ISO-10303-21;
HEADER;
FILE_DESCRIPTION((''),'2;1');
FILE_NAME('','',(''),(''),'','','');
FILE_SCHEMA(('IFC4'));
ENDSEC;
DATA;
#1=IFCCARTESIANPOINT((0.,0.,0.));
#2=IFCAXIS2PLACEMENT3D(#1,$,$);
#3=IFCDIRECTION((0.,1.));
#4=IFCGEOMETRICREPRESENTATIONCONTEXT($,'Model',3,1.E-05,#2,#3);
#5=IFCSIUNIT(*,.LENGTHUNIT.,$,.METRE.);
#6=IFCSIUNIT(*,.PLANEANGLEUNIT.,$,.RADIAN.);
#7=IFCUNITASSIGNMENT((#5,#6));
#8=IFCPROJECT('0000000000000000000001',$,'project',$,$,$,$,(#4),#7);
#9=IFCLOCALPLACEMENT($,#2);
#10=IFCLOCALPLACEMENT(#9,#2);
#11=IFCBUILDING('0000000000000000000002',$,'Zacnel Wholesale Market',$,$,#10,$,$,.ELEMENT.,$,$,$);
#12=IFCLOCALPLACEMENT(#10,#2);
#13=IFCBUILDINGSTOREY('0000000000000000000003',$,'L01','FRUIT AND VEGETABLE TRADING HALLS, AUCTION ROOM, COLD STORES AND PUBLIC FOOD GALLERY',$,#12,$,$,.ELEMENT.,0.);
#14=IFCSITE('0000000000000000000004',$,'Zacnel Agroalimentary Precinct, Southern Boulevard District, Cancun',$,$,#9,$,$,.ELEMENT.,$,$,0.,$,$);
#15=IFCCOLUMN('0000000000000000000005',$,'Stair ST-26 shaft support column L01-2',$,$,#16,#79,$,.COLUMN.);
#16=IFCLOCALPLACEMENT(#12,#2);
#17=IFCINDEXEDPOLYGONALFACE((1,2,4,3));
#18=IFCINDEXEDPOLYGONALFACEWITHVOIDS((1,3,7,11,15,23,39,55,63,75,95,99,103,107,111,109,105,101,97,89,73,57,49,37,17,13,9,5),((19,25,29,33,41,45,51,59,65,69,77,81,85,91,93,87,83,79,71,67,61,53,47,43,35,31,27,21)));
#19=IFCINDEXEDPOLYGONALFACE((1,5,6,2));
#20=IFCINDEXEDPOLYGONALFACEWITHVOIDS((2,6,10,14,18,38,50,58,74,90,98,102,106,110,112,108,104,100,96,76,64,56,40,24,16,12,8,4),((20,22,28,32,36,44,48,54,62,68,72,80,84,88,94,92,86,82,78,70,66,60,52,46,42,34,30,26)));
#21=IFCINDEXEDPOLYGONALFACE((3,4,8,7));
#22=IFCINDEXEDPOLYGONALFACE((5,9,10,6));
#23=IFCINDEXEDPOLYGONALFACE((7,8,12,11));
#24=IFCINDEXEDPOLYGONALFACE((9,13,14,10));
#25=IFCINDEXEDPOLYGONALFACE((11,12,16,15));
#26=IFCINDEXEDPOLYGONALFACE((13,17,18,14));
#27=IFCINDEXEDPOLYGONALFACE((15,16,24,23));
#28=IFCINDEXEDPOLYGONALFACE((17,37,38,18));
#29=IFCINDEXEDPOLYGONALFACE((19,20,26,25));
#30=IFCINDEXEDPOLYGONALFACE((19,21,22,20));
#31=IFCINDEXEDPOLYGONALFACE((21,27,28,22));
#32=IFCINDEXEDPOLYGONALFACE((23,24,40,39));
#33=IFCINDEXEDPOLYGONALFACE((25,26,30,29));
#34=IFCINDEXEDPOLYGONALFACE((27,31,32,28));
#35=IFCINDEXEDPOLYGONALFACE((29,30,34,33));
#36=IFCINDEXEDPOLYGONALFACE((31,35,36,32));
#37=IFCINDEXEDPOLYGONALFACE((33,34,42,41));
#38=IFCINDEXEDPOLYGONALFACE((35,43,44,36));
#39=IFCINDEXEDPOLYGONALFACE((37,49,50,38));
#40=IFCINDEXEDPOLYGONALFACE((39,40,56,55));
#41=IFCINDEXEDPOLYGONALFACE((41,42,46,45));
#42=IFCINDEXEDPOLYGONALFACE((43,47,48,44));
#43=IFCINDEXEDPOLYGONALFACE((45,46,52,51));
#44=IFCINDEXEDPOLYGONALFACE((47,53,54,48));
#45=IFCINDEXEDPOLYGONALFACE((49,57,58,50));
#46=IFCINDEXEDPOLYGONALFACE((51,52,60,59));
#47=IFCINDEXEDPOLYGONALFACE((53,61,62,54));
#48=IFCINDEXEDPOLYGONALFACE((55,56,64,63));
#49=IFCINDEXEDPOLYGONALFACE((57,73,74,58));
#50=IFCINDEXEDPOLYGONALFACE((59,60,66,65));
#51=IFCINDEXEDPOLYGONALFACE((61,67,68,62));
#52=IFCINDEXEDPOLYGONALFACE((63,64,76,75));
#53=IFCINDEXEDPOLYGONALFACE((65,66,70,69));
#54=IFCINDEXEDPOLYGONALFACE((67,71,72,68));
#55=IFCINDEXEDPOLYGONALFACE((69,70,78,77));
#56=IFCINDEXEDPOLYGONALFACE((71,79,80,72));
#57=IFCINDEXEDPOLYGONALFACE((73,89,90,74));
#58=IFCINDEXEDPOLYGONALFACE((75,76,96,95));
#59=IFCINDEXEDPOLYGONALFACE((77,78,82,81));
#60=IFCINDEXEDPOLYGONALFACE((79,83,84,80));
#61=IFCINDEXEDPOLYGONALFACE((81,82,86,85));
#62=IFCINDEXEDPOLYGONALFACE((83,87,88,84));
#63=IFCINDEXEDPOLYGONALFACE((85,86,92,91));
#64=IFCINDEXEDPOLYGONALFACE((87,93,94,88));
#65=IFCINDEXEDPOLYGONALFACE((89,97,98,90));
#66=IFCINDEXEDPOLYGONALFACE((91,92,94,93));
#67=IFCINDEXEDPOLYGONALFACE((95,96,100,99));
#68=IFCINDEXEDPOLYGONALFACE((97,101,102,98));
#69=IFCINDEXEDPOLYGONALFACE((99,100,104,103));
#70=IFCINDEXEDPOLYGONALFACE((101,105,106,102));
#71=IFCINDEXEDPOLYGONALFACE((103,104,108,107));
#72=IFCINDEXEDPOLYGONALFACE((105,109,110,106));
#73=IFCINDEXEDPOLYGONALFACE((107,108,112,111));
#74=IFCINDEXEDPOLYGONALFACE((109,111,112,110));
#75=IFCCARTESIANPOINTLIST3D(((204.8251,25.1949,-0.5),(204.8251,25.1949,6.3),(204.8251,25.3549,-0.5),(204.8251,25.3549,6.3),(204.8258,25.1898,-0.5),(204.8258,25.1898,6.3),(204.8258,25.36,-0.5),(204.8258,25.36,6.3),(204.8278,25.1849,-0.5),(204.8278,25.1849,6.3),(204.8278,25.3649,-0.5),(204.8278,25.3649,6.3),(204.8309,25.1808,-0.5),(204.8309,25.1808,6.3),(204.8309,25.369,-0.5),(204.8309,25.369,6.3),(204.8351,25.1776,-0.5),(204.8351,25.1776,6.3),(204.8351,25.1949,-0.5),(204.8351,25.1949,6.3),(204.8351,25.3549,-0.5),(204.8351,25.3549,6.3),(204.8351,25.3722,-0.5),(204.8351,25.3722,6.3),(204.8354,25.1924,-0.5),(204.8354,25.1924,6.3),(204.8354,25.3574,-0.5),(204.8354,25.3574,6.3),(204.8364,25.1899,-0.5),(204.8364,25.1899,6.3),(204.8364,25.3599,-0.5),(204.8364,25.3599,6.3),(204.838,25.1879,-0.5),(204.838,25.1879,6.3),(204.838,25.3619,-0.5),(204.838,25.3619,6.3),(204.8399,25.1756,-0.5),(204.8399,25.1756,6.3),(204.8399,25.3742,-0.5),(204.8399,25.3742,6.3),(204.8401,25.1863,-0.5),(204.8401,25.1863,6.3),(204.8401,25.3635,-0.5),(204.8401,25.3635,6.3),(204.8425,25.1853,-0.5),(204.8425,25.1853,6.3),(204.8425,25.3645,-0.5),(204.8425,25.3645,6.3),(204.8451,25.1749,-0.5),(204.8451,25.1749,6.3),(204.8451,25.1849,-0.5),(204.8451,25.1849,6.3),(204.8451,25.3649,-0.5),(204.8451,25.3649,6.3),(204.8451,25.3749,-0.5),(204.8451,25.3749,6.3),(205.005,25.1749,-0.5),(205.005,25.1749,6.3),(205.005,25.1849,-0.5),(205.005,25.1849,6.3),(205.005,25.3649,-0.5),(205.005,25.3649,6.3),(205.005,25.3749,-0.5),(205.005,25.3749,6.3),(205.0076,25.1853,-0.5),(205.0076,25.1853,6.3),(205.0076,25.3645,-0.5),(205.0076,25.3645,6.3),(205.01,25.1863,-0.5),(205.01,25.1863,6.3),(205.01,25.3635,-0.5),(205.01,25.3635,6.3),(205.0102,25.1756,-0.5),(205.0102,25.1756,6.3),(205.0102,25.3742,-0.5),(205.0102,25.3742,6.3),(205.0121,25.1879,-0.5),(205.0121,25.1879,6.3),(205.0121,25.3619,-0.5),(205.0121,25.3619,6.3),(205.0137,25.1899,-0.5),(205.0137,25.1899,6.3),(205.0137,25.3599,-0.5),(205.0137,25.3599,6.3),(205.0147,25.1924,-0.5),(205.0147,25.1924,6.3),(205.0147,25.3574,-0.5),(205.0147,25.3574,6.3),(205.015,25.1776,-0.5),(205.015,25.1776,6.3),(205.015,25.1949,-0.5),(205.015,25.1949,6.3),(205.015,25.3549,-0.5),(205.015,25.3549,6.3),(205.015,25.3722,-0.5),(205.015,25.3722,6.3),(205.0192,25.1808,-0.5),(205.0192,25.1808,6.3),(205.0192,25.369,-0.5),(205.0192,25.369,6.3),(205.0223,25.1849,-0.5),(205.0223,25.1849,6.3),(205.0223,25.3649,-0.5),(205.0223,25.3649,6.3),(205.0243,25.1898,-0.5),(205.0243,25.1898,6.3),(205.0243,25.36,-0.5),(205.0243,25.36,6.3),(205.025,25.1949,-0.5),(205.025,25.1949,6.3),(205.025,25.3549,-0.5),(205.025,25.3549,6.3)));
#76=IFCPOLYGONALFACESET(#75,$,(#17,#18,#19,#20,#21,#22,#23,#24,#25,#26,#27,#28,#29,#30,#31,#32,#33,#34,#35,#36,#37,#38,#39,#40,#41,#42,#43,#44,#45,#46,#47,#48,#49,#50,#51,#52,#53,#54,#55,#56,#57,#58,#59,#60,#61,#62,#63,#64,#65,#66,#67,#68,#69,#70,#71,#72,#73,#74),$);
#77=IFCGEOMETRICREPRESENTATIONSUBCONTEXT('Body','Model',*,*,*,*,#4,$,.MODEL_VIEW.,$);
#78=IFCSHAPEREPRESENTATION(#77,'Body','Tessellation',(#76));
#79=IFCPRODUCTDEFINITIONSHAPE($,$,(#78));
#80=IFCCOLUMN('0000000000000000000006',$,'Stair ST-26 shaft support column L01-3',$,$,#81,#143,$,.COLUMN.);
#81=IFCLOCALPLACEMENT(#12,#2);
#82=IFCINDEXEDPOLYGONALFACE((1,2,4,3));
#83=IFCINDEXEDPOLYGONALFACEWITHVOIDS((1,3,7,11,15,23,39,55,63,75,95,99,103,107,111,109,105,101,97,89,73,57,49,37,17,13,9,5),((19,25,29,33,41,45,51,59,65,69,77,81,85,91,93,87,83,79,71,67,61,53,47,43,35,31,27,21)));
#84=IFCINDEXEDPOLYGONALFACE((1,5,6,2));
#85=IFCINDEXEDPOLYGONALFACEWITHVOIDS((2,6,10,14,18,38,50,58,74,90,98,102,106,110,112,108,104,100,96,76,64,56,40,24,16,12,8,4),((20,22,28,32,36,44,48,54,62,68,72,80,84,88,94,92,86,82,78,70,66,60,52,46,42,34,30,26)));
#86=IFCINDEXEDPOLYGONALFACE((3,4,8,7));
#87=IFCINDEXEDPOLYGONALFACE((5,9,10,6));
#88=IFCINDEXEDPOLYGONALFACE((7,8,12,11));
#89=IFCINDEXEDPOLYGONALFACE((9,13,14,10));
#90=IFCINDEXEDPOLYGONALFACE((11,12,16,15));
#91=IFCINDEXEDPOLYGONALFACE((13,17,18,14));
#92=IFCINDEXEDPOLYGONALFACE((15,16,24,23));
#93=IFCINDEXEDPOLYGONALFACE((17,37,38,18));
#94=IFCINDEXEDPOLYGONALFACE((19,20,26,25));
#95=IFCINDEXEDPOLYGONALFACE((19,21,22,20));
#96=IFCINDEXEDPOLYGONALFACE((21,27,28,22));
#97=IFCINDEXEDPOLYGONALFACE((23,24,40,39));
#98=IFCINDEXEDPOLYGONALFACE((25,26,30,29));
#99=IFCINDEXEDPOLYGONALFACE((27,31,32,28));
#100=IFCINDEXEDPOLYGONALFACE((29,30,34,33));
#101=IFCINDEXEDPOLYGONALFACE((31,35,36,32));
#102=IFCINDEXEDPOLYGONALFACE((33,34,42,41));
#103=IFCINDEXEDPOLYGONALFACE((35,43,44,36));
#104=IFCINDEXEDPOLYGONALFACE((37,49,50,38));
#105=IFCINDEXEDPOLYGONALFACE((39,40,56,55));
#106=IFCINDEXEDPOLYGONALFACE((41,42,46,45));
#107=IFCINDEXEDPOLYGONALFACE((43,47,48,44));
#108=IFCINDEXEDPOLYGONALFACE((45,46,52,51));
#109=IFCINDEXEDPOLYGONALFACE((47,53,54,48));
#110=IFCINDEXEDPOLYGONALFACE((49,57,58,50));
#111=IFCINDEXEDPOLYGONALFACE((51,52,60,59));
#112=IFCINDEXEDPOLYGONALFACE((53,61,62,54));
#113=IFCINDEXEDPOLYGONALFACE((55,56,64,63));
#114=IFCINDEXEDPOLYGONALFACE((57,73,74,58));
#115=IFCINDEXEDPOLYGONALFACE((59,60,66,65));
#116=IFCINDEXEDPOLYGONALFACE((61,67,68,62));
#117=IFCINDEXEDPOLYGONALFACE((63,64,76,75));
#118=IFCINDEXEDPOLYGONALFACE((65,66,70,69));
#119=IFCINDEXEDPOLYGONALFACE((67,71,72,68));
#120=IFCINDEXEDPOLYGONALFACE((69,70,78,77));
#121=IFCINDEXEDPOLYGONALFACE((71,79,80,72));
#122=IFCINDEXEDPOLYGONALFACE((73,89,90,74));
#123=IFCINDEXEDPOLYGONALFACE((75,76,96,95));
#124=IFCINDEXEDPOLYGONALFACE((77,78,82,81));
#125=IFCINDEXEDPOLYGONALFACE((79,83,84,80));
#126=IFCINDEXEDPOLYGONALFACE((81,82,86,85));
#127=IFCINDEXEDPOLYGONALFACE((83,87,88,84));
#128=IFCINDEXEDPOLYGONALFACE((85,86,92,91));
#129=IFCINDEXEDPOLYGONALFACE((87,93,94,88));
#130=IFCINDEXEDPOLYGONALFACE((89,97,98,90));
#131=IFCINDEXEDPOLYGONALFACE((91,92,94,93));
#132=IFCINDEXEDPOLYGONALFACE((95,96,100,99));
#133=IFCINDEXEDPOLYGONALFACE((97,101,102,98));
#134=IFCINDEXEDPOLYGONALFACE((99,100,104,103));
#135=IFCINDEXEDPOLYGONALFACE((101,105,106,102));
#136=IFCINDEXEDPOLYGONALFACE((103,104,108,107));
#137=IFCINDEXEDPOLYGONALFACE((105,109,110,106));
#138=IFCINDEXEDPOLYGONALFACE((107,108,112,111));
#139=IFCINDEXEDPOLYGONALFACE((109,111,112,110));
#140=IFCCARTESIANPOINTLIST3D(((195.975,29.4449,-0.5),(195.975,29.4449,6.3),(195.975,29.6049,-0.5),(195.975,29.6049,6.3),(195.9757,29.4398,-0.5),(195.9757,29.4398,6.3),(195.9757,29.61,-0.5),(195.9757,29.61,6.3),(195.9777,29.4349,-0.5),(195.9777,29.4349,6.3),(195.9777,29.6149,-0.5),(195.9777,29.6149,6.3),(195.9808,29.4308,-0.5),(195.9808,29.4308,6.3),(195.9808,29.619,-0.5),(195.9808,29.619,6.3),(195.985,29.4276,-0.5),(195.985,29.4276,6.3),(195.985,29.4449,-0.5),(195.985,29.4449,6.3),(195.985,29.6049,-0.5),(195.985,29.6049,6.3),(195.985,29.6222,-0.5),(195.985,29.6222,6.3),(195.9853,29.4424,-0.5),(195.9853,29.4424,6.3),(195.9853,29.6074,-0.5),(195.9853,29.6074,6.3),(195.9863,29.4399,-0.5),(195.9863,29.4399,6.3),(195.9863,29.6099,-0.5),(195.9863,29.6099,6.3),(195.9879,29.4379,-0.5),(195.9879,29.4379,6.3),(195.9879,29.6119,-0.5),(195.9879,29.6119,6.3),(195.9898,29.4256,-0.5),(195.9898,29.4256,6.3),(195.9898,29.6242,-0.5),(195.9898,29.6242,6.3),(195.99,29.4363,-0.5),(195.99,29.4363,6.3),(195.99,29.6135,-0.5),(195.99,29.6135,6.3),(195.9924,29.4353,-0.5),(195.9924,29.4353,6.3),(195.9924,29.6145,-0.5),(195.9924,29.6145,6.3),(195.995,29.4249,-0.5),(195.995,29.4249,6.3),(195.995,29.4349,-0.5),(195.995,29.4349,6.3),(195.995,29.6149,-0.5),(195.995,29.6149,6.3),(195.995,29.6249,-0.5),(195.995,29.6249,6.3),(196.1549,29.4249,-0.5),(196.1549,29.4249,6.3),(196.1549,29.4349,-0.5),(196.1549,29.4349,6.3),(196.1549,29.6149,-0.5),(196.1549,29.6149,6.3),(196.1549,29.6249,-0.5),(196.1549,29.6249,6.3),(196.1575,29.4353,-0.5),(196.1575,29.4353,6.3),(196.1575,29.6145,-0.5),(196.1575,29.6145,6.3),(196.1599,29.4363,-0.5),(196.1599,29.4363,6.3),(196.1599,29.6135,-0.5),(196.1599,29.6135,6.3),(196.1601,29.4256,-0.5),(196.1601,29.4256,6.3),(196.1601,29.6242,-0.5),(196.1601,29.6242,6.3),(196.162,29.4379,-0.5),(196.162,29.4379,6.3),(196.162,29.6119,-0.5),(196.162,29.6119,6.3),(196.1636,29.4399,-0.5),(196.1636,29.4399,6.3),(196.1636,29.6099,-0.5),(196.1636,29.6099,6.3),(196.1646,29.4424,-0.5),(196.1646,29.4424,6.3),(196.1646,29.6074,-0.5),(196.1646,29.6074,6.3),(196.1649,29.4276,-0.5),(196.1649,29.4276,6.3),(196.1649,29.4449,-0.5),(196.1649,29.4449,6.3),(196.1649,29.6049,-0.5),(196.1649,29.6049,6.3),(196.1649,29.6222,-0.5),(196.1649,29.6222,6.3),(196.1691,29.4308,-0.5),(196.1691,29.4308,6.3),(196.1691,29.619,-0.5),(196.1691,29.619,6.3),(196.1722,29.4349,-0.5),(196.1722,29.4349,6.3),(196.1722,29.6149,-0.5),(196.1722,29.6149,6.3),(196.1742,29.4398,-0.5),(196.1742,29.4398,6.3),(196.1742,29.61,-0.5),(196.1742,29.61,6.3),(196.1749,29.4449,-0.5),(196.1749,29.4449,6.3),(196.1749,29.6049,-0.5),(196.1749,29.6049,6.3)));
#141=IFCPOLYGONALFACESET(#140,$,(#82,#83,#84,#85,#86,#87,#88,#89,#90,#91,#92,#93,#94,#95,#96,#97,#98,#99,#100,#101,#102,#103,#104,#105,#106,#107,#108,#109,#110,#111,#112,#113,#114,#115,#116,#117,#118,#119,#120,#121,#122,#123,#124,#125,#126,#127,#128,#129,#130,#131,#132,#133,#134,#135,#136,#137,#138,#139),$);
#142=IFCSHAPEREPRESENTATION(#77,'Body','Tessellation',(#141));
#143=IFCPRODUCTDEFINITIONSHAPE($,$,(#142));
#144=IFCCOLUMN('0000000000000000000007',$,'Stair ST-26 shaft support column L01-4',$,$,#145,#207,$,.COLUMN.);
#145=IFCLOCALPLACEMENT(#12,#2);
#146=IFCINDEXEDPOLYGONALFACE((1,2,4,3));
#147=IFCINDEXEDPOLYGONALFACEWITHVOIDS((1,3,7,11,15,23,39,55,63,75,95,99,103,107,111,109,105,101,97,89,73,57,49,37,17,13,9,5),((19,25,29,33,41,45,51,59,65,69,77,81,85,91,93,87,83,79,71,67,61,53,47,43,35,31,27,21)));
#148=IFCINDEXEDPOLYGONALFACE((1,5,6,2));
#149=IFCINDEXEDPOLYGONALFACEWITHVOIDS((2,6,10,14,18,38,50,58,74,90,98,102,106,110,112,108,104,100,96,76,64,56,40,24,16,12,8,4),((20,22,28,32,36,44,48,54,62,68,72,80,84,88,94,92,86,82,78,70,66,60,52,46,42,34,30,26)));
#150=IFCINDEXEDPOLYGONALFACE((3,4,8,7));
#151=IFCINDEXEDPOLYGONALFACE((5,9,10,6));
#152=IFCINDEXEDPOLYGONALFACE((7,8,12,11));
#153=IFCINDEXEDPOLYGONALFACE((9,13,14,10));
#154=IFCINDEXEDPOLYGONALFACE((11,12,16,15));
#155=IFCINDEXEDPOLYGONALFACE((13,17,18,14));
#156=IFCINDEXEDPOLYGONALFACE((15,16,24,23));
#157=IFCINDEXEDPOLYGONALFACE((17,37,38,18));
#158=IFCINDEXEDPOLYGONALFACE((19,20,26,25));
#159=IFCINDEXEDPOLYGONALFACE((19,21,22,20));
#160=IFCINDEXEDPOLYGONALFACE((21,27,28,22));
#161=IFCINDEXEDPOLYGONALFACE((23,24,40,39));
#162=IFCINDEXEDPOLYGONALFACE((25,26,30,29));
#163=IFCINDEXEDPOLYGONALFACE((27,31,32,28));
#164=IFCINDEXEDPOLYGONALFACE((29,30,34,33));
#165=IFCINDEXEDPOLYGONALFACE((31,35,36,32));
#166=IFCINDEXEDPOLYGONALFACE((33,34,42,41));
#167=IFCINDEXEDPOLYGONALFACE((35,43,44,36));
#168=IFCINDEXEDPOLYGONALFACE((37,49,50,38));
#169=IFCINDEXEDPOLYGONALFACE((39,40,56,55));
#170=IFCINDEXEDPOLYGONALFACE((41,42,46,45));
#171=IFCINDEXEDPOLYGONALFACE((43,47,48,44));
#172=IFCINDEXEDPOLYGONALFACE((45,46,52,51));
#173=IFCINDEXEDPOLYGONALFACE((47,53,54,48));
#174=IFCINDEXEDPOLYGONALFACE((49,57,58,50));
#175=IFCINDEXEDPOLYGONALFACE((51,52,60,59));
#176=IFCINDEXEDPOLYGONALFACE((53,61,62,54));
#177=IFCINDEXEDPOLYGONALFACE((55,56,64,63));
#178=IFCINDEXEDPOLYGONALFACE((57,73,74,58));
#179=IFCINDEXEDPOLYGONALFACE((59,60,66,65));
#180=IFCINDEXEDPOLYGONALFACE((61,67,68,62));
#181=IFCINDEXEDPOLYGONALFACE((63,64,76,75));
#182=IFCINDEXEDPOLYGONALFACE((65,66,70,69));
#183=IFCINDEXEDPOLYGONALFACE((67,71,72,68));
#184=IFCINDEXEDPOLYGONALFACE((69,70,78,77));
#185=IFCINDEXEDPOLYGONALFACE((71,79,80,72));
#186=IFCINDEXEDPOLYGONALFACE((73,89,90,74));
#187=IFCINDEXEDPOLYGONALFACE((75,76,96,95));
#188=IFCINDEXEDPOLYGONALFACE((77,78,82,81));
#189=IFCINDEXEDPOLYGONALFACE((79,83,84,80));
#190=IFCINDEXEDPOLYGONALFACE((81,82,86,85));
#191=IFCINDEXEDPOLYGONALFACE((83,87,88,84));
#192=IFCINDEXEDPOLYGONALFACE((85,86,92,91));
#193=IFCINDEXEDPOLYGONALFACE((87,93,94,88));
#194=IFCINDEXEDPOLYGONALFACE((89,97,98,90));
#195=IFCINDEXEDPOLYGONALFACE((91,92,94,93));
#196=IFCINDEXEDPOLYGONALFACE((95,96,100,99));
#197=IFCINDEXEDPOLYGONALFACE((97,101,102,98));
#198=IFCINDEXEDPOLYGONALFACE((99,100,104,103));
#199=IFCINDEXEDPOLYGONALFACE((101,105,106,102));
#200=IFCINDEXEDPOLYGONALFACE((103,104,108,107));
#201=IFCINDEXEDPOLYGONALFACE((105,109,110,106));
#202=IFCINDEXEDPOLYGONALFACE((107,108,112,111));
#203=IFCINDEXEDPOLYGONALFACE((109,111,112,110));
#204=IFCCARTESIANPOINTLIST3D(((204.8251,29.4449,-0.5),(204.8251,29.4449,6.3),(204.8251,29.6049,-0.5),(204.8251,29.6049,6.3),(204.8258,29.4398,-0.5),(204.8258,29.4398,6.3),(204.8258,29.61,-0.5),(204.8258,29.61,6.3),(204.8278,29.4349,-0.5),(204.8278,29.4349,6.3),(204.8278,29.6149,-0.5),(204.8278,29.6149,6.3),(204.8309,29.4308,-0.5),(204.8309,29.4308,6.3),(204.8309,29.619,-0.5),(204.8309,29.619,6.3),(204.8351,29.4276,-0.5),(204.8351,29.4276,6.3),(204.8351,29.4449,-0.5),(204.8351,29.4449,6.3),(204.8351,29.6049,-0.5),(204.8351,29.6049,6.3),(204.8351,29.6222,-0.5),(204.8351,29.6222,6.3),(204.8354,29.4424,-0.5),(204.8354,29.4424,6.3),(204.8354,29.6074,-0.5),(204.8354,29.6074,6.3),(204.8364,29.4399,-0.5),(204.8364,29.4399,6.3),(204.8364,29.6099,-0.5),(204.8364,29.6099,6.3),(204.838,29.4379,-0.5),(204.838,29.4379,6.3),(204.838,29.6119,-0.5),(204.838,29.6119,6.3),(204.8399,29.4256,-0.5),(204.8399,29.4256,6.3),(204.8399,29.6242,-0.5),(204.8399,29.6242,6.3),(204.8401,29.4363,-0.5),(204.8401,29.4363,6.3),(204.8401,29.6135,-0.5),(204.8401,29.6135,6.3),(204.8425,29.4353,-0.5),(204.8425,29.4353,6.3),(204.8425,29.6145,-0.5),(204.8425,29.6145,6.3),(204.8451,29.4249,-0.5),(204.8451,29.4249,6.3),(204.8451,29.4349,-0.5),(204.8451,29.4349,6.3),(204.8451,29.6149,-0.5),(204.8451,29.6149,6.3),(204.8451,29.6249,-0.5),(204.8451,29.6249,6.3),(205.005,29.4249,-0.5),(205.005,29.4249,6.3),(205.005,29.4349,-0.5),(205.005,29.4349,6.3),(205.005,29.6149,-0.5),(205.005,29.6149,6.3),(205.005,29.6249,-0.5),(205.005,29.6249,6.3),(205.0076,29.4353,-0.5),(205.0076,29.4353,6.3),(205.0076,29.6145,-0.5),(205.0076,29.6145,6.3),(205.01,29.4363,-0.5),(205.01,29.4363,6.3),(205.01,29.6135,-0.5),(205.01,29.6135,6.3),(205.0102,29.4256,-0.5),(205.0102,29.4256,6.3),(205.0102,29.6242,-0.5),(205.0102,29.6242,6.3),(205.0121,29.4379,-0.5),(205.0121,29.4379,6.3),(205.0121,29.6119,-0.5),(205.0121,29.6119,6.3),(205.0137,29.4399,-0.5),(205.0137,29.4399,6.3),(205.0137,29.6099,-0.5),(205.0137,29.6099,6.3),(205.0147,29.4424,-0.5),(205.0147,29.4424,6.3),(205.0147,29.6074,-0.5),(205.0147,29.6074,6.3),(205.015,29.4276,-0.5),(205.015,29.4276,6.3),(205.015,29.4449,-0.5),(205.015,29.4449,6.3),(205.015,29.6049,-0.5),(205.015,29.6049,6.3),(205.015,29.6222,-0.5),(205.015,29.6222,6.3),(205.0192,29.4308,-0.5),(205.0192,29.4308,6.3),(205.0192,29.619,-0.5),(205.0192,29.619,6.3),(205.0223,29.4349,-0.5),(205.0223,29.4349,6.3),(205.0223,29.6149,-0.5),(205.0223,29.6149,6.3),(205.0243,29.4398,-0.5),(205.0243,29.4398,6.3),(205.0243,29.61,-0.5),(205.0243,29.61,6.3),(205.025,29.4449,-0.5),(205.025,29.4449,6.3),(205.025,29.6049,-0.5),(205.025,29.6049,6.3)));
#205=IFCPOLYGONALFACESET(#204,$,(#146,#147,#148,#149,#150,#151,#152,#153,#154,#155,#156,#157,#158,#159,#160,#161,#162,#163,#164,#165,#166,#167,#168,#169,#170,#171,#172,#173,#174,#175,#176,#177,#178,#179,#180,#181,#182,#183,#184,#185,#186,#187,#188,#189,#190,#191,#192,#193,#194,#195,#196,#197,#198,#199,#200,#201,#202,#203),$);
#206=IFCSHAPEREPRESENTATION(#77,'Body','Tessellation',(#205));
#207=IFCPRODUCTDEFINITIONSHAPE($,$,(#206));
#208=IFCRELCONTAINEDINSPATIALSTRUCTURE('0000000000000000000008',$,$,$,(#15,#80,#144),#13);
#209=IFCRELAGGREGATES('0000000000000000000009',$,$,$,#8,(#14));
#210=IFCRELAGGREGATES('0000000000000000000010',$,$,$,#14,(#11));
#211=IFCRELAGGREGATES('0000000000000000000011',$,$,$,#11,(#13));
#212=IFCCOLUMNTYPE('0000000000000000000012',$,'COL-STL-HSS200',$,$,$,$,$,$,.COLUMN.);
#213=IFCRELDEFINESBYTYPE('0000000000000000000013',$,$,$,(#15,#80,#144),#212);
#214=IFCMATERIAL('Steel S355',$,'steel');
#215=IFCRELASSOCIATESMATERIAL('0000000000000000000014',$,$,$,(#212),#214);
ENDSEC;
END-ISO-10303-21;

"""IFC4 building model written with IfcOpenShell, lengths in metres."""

from ifc_helpers import new_model, si_unit, direction, frame, origin, origin_2d, place, context, subcontext, project, spatial, hollow_rectangle, extrude, material, material_profile, profile_set, type_object, element, save


model = new_model("IFC4")

# Units and contexts
model_context = context("Model", 3, precision=1e-05, world=origin(), true_north=direction((0.0, 1.0)))
body_context = subcontext(model_context, "Body", "Model", "MODEL_VIEW")
ifc_project = project(units=[si_unit("LENGTHUNIT", "METRE"), si_unit("PLANEANGLEUNIT", "RADIAN")], contexts=[model_context])

# Site, building, storey
site_placement = place(None, origin())
site = spatial("IfcSite", under=ifc_project, at=site_placement, Name="Zacnel Agroalimentary Precinct, Southern Boulevard District, Cancun", CompositionType="ELEMENT", RefElevation=0.0)
building_placement = place(site_placement, origin())
building = spatial("IfcBuilding", under=site, at=building_placement, Name="Zacnel Wholesale Market", CompositionType="ELEMENT")
storey_placement = place(building_placement, origin())
storey = spatial("IfcBuildingStorey", under=building, at=storey_placement, Name="L01", Description="FRUIT AND VEGETABLE TRADING HALLS, AUCTION ROOM, COLD STORES AND PUBLIC FOOD GALLERY", CompositionType="ELEMENT", Elevation=0.0)

# Columns
ifc_material_1 = material(Name="Steel S355", Category="steel")
ifc_material_profile_1 = material_profile(ifc_material_1, hollow_rectangle(XDim=0.2, YDim=0.2, WallThickness=0.01, InnerFilletRadius=0.01, OuterFilletRadius=0.02, at=origin_2d()), Name="HSS 200x200x10")
ifc_profile_set_1 = profile_set([ifc_material_profile_1], Name="Steel S355")
column_type_1 = type_object("IfcColumnType", Name="COL-STL-HSS200", PredefinedType="COLUMN", material=ifc_profile_set_1)
for number, where, z_axis, x_axis, name in (
    (1, (204.925, 25.2749, -0.5), (0.0, 0.0, 1.0), (1.0, 0.0, 0.0), "Stair ST-26 shaft support column L01-2"),
    (2, (196.075, 29.5249, -0.5), (0.0, 0.0, 1.0), (1.0, 0.0, 0.0), "Stair ST-26 shaft support column L01-3"),
    (3, (204.925, 29.5249, -0.5), (0.0, 0.0, 1.0), (1.0, 0.0, 0.0), "Stair ST-26 shaft support column L01-4"),
):
    element("IfcColumn", number, at=place(storey_placement, frame(where, z_axis=z_axis, x_axis=x_axis)), inside=storey, type_object=column_type_1, Name=name, PredefinedType="COLUMN", context=body_context, shape_type="SweptSolid", body=[
        extrude(hollow_rectangle(XDim=0.2, YDim=0.2, WallThickness=0.01, InnerFilletRadius=0.01, OuterFilletRadius=0.02, at=origin_2d()), origin(), (0.0, 0.0, 1.0), 6.8),
    ])

save(model, "model.ifc")
